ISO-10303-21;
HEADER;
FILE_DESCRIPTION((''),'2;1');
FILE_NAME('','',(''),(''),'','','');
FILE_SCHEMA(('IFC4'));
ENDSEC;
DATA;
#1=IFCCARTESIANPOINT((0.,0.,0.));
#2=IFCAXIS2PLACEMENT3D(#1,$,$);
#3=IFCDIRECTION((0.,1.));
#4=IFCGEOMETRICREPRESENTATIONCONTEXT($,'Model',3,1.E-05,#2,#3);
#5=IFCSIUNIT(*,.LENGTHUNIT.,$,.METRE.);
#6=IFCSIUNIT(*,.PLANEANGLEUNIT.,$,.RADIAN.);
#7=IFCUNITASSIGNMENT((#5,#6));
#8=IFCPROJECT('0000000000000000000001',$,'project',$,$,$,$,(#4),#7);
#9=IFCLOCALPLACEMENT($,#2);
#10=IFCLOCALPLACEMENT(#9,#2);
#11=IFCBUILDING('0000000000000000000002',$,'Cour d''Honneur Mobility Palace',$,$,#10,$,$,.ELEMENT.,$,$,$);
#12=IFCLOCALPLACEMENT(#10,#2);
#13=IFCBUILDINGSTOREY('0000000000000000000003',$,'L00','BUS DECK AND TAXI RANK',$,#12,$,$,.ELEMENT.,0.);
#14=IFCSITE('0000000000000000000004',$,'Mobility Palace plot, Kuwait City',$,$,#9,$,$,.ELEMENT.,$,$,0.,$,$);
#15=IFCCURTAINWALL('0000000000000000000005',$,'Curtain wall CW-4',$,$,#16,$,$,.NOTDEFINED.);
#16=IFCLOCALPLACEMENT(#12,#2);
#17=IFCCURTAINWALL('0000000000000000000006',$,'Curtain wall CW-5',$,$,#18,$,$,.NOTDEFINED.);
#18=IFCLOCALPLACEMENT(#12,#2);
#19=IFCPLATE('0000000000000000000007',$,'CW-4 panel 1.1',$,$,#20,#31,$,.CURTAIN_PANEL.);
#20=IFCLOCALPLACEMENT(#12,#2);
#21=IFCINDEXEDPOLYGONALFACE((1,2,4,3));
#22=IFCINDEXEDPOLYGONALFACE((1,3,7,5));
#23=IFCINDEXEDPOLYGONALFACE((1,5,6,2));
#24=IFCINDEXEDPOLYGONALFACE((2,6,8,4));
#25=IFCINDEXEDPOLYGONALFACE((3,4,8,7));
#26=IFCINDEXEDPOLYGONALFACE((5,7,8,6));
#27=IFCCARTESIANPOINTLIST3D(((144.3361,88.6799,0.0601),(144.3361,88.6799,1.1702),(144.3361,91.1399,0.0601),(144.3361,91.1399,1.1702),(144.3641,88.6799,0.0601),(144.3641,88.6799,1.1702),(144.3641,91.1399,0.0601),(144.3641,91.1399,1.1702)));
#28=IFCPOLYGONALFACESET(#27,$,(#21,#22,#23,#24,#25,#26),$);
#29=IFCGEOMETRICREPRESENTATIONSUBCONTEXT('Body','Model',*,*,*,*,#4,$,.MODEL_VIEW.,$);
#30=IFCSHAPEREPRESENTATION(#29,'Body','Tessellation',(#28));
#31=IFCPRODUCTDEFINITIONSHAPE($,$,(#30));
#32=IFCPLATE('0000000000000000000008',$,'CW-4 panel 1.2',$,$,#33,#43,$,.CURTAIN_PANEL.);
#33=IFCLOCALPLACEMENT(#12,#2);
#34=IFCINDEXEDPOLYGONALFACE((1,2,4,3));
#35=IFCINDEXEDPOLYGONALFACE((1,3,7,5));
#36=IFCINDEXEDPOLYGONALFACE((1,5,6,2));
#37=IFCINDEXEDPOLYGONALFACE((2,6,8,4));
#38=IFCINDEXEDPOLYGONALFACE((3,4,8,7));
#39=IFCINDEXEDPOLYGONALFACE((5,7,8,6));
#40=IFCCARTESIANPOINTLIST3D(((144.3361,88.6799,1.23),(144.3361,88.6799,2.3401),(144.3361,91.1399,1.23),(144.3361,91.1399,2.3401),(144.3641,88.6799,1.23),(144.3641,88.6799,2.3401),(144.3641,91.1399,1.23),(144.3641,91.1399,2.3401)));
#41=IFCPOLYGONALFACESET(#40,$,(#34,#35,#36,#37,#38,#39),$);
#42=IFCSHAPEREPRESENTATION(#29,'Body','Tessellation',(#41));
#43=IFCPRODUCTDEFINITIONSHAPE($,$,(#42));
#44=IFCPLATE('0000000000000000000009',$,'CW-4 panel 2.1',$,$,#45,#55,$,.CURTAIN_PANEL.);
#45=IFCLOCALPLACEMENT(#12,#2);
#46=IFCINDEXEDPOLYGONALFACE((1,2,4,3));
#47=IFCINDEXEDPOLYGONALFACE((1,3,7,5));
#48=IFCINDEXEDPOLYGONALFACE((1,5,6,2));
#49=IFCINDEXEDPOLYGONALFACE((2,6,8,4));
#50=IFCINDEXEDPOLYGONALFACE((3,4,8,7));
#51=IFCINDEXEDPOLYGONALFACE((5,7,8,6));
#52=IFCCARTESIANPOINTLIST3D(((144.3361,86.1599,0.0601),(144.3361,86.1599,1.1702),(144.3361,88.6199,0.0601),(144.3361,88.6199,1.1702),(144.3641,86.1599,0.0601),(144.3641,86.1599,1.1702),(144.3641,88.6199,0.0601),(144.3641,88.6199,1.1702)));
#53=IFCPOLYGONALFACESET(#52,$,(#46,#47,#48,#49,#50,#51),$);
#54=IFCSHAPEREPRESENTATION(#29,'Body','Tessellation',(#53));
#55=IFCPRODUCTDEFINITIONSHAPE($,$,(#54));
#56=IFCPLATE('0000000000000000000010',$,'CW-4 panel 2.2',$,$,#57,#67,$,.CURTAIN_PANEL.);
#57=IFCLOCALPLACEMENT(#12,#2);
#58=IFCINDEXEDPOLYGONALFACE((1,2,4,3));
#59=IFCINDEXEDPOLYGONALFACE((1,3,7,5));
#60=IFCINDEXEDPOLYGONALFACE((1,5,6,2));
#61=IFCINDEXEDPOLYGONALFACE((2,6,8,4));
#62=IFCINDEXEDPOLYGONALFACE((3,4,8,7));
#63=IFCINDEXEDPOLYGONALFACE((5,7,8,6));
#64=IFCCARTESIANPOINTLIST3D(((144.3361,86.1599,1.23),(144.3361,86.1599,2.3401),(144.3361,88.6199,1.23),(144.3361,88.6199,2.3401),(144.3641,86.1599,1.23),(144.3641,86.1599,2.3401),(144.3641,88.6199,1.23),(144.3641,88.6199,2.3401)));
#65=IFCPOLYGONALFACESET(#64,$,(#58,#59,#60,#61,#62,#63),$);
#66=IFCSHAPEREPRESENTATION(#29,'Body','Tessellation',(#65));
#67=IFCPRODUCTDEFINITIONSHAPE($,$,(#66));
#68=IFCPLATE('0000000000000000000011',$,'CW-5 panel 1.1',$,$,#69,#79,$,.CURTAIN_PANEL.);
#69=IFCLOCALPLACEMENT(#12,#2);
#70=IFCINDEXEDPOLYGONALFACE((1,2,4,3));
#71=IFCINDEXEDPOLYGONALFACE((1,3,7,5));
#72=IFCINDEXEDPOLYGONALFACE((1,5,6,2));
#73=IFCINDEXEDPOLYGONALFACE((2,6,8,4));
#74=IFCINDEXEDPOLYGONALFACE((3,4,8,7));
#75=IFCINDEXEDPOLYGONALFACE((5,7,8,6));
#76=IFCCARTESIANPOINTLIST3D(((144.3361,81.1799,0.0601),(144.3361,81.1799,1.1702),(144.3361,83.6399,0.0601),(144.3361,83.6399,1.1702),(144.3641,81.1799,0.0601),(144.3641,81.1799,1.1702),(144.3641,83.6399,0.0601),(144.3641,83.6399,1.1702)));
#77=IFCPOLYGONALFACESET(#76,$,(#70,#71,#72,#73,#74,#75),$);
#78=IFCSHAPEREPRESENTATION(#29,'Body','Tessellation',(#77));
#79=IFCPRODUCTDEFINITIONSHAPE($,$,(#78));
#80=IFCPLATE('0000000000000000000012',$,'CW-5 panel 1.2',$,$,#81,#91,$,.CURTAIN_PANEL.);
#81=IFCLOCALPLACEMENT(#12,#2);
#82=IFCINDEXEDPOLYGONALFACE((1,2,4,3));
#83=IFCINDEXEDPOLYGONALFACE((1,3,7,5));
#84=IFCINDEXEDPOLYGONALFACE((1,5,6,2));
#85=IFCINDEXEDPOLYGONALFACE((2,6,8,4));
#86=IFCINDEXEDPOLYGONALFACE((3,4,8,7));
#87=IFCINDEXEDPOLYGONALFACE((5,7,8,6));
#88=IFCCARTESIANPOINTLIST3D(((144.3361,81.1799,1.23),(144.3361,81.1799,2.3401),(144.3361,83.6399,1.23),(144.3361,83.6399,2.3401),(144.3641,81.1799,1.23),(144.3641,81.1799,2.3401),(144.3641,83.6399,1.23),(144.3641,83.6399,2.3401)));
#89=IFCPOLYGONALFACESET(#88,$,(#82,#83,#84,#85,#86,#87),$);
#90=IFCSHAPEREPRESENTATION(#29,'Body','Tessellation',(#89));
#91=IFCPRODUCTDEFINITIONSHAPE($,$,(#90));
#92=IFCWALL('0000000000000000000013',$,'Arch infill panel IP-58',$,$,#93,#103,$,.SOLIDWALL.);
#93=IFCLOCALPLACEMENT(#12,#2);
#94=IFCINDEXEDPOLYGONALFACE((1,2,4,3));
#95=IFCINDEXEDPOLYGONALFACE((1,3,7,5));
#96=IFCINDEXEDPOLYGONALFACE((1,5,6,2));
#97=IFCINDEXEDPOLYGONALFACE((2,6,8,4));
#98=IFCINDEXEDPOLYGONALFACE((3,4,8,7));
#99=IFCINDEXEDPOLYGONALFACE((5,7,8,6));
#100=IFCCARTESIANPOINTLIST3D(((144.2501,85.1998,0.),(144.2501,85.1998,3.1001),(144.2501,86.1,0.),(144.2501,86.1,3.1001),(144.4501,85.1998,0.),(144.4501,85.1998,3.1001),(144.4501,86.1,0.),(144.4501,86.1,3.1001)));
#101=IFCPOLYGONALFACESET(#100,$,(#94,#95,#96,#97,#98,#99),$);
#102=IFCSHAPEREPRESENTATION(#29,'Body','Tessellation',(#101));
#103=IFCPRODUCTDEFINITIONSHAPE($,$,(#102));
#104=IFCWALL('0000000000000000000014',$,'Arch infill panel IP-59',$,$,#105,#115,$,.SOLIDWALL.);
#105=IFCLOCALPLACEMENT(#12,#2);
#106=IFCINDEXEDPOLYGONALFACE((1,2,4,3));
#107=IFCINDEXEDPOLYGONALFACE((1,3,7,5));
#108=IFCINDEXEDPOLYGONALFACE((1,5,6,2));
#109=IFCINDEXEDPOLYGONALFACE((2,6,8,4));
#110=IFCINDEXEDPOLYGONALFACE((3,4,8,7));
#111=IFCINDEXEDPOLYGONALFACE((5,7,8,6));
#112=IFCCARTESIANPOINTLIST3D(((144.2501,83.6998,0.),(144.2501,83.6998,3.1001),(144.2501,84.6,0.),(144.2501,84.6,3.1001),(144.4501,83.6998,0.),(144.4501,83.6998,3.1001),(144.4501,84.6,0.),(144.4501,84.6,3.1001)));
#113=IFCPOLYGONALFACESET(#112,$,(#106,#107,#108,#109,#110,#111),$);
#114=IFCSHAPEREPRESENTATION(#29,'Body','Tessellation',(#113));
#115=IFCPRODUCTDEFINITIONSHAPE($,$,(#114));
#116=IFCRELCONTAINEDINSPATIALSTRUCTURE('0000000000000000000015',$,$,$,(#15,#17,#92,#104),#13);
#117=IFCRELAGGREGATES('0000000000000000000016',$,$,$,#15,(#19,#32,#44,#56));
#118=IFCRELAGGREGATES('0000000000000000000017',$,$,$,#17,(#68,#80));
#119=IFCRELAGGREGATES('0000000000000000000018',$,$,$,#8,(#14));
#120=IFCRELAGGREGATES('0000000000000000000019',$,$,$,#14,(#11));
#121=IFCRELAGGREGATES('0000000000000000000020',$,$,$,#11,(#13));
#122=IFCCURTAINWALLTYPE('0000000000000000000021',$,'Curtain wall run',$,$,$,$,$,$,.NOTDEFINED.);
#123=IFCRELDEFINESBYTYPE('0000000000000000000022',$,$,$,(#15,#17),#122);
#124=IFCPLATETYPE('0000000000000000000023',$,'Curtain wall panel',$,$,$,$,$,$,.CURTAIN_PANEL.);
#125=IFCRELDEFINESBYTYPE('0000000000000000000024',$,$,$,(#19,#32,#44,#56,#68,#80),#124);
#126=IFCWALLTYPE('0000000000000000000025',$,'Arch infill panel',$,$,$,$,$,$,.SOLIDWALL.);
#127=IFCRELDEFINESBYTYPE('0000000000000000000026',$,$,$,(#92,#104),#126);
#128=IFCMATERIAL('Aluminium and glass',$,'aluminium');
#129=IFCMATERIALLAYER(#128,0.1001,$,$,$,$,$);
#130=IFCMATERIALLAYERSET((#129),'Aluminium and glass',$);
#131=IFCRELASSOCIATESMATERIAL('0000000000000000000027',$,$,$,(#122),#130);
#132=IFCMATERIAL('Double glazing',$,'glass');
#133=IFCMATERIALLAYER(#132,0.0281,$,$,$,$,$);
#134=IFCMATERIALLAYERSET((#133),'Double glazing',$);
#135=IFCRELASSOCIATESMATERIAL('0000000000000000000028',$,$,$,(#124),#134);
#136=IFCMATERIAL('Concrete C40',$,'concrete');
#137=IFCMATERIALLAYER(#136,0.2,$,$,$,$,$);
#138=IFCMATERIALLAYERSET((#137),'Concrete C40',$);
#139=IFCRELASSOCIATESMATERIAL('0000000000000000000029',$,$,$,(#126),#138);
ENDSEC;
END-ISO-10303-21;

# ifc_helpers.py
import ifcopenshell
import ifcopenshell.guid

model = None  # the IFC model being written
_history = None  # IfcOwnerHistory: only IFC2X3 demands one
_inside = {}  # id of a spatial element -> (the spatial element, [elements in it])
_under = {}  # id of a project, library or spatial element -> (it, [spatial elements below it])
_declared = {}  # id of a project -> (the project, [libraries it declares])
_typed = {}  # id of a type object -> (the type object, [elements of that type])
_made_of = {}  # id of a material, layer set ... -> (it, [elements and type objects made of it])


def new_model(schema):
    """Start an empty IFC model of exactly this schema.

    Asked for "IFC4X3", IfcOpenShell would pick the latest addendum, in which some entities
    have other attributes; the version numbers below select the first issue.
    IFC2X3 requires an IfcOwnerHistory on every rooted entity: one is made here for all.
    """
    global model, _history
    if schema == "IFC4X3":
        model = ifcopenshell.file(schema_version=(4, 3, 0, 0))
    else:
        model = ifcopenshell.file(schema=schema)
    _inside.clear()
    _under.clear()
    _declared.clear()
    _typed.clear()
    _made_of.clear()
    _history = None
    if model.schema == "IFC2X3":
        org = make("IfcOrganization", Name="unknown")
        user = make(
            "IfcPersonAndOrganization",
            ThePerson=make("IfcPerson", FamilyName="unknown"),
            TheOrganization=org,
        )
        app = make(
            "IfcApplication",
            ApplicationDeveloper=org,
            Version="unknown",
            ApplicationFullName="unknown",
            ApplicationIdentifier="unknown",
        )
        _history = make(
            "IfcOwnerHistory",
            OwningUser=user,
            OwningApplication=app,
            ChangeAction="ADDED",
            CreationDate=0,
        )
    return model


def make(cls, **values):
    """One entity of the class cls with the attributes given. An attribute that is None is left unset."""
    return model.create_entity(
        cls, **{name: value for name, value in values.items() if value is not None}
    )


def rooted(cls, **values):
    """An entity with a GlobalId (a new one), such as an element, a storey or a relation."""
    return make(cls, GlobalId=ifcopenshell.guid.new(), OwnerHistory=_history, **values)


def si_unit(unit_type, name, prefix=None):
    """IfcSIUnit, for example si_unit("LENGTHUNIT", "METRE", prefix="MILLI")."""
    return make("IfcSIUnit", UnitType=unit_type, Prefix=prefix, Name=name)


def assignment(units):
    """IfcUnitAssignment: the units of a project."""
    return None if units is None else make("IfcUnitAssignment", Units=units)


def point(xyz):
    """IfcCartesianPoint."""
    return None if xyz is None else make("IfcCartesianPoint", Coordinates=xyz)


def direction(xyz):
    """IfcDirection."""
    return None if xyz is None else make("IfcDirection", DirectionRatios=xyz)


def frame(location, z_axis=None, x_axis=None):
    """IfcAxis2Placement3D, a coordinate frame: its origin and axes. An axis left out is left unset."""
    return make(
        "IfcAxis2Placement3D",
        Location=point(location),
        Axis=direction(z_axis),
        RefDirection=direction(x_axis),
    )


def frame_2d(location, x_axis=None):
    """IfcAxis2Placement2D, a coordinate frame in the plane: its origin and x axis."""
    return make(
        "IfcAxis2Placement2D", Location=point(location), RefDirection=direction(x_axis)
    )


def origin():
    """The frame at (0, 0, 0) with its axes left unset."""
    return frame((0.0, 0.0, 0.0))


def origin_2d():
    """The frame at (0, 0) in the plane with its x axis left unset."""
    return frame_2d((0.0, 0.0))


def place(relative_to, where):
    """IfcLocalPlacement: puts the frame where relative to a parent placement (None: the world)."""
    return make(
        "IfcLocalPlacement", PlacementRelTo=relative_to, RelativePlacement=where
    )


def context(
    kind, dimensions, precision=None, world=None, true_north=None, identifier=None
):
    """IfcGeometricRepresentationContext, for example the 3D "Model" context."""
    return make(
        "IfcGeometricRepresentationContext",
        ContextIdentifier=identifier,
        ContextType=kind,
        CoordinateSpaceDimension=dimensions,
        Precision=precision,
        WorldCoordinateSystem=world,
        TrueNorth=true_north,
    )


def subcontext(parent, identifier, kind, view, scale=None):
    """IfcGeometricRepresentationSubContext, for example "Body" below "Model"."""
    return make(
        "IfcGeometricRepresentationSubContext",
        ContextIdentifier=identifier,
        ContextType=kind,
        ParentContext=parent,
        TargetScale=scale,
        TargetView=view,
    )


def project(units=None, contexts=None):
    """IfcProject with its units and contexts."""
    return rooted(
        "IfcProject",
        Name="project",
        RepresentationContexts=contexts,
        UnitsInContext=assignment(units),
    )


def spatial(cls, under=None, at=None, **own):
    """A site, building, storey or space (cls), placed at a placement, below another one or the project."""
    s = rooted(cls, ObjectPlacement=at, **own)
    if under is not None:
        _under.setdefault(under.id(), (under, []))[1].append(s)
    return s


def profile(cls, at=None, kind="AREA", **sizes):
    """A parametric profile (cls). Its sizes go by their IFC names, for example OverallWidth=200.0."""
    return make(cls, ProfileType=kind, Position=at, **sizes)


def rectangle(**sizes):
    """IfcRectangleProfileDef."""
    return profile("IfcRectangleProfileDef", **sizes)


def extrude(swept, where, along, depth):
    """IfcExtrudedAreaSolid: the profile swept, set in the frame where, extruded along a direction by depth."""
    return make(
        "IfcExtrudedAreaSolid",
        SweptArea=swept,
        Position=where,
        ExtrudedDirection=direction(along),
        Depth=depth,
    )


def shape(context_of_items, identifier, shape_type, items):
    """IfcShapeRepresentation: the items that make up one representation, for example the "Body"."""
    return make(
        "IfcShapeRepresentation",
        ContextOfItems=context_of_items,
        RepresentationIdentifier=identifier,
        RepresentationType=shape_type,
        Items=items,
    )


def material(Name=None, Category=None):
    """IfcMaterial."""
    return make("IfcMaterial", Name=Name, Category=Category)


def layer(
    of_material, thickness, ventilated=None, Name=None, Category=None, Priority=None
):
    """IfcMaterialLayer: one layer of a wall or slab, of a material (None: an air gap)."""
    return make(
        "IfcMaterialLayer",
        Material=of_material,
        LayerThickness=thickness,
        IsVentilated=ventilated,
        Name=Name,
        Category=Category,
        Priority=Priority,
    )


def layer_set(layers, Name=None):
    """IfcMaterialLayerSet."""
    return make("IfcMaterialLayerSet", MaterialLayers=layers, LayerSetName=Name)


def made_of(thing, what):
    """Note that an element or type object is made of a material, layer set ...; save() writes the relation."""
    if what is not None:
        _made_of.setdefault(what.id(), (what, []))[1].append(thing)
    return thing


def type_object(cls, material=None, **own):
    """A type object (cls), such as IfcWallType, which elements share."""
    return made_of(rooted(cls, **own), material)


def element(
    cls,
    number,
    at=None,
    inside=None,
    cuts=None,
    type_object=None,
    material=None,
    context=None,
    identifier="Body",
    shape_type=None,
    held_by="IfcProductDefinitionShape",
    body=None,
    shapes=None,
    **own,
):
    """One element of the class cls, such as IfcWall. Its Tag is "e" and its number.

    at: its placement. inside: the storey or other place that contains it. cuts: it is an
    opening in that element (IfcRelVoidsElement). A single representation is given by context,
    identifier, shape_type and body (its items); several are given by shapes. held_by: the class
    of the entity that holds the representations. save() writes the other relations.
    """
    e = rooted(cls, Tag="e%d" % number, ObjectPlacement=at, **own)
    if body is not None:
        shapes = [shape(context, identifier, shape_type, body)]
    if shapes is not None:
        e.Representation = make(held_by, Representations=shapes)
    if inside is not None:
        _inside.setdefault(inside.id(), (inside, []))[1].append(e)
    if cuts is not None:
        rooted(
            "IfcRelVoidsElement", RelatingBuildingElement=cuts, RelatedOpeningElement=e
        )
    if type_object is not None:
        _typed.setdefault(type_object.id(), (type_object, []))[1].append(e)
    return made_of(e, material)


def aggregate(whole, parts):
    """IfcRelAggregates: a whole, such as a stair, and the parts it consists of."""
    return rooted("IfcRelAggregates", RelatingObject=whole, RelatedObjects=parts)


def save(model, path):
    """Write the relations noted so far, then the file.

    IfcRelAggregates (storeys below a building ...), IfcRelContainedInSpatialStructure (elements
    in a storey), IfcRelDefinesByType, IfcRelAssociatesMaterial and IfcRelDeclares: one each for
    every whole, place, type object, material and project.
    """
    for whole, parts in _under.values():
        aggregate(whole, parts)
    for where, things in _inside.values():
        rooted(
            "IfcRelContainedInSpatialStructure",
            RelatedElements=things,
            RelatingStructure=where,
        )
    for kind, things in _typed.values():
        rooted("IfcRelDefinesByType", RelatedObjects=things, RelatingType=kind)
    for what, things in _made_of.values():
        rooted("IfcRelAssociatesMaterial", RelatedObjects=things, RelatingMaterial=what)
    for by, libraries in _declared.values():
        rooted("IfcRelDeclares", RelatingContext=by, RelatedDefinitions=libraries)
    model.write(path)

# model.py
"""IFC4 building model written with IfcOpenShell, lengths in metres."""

from ifc_helpers import new_model, si_unit, direction, frame, frame_2d, origin, origin_2d, place, context, subcontext, project, spatial, rectangle, extrude, material, layer, layer_set, type_object, element, aggregate, save


model = new_model("IFC4")

# Units and contexts
model_context = context("Model", 3, precision=1e-05, world=origin(), true_north=direction((0.0, 1.0)))
body_context = subcontext(model_context, "Body", "Model", "MODEL_VIEW")
ifc_project = project(units=[si_unit("LENGTHUNIT", "METRE"), si_unit("PLANEANGLEUNIT", "RADIAN")], contexts=[model_context])

# Site, building, storey
site_placement = place(None, origin())
site = spatial("IfcSite", under=ifc_project, at=site_placement, Name="Mobility Palace plot, Kuwait City", CompositionType="ELEMENT", RefElevation=0.0)
building_placement = place(site_placement, origin())
building = spatial("IfcBuilding", under=site, at=building_placement, Name="Cour d'Honneur Mobility Palace", CompositionType="ELEMENT")
storey_placement = place(building_placement, origin())
storey = spatial("IfcBuildingStorey", under=building, at=storey_placement, Name="L00", Description="BUS DECK AND TAXI RANK", CompositionType="ELEMENT", Elevation=0.0)

# Curtain walls
ifc_material_1 = material(Name="Aluminium and glass", Category="aluminium")
ifc_layer_1 = layer(ifc_material_1, 0.1001)
ifc_layer_set_1 = layer_set([ifc_layer_1], Name="Aluminium and glass")
curtain_wall_type = type_object("IfcCurtainWallType", Name="Curtain wall run", PredefinedType="NOTDEFINED", material=ifc_layer_set_1)
curtain_wall_1_placement = place(storey_placement, origin())
curtain_wall_1 = element("IfcCurtainWall", 1, at=curtain_wall_1_placement, inside=storey, type_object=curtain_wall_type, Name="Curtain wall CW-4", PredefinedType="NOTDEFINED")
curtain_wall_2_placement = place(storey_placement, origin())
curtain_wall_2 = element("IfcCurtainWall", 2, at=curtain_wall_2_placement, inside=storey, type_object=curtain_wall_type, Name="Curtain wall CW-5", PredefinedType="NOTDEFINED")

# Plates
ifc_material_2 = material(Name="Double glazing", Category="glass")
ifc_layer_2 = layer(ifc_material_2, 0.0281)
ifc_layer_set_2 = layer_set([ifc_layer_2], Name="Double glazing")
plate_type = type_object("IfcPlateType", Name="Curtain wall panel", PredefinedType="CURTAIN_PANEL", material=ifc_layer_set_2)
plate_1_placement = place(storey_placement, frame((144.3501, 89.9099, 0.0601), z_axis=(0.0, 0.0, 1.0), x_axis=(0.0, -1.0, 0.0)))
plate_1 = element("IfcPlate", 3, at=plate_1_placement, type_object=plate_type, Name="CW-4 panel 1.1", PredefinedType="CURTAIN_PANEL", context=body_context, shape_type="SweptSolid", body=[
    extrude(rectangle(XDim=2.46, YDim=0.0281, at=origin_2d()), origin(), (0.0, 0.0, 1.0), 1.1101),
])
plate_2_placement = place(storey_placement, frame((144.3501, 89.9099, 1.23), z_axis=(0.0, 0.0, 1.0), x_axis=(0.0, -1.0, 0.0)))
plate_2 = element("IfcPlate", 4, at=plate_2_placement, type_object=plate_type, Name="CW-4 panel 1.2", PredefinedType="CURTAIN_PANEL", context=body_context, shape_type="SweptSolid", body=[
    extrude(rectangle(XDim=2.46, YDim=0.0281, at=origin_2d()), origin(), (0.0, 0.0, 1.0), 1.1101),
])
plate_3_placement = place(storey_placement, frame((144.3501, 87.3899, 0.0601), z_axis=(0.0, 0.0, 1.0), x_axis=(0.0, -1.0, 0.0)))
plate_3 = element("IfcPlate", 5, at=plate_3_placement, type_object=plate_type, Name="CW-4 panel 2.1", PredefinedType="CURTAIN_PANEL", context=body_context, shape_type="SweptSolid", body=[
    extrude(rectangle(XDim=2.46, YDim=0.0281, at=origin_2d()), origin(), (0.0, 0.0, 1.0), 1.1101),
])
plate_4_placement = place(storey_placement, frame((144.3501, 87.3899, 1.23), z_axis=(0.0, 0.0, 1.0), x_axis=(0.0, -1.0, 0.0)))
plate_4 = element("IfcPlate", 6, at=plate_4_placement, type_object=plate_type, Name="CW-4 panel 2.2", PredefinedType="CURTAIN_PANEL", context=body_context, shape_type="SweptSolid", body=[
    extrude(rectangle(XDim=2.46, YDim=0.0281, at=origin_2d()), origin(), (0.0, 0.0, 1.0), 1.1101),
])
aggregate(curtain_wall_1, [plate_1, plate_2, plate_3, plate_4])
plate_5_placement = place(storey_placement, frame((144.3501, 82.4099, 0.0601), z_axis=(0.0, 0.0, 1.0), x_axis=(0.0, -1.0, 0.0)))
plate_5 = element("IfcPlate", 7, at=plate_5_placement, type_object=plate_type, Name="CW-5 panel 1.1", PredefinedType="CURTAIN_PANEL", context=body_context, shape_type="SweptSolid", body=[
    extrude(rectangle(XDim=2.46, YDim=0.0281, at=origin_2d()), origin(), (0.0, 0.0, 1.0), 1.1101),
])
plate_6_placement = place(storey_placement, frame((144.3501, 82.4099, 1.23), z_axis=(0.0, 0.0, 1.0), x_axis=(0.0, -1.0, 0.0)))
plate_6 = element("IfcPlate", 8, at=plate_6_placement, type_object=plate_type, Name="CW-5 panel 1.2", PredefinedType="CURTAIN_PANEL", context=body_context, shape_type="SweptSolid", body=[
    extrude(rectangle(XDim=2.46, YDim=0.0281, at=origin_2d()), origin(), (0.0, 0.0, 1.0), 1.1101),
])
aggregate(curtain_wall_2, [plate_5, plate_6])

# Walls
ifc_material_3 = material(Name="Concrete C40", Category="concrete")
ifc_layer_3 = layer(ifc_material_3, 0.2)
ifc_layer_set_3 = layer_set([ifc_layer_3], Name="Concrete C40")
wall_type = type_object("IfcWallType", Name="Arch infill panel", PredefinedType="SOLIDWALL", material=ifc_layer_set_3)
for number, where, z_axis, x_axis, name in (
    (9, (144.3501, 86.1001, 0.0), (0.0, 0.0, 1.0), (0.0, -1.0, 0.0), "Arch infill panel IP-58"),
    (10, (144.3501, 84.6001, 0.0), (0.0, 0.0, 1.0), (0.0, -1.0, 0.0), "Arch infill panel IP-59"),
):
    element("IfcWall", number, at=place(storey_placement, frame(where, z_axis=z_axis, x_axis=x_axis)), inside=storey, type_object=wall_type, Name=name, PredefinedType="SOLIDWALL", context=body_context, shape_type="SweptSolid", body=[
        extrude(rectangle(XDim=0.9001, YDim=0.2, at=frame_2d((0.4502, 0.0))), origin(), (0.0, 0.0, 1.0), 3.1001),
    ])

save(model, "model.ifc")
